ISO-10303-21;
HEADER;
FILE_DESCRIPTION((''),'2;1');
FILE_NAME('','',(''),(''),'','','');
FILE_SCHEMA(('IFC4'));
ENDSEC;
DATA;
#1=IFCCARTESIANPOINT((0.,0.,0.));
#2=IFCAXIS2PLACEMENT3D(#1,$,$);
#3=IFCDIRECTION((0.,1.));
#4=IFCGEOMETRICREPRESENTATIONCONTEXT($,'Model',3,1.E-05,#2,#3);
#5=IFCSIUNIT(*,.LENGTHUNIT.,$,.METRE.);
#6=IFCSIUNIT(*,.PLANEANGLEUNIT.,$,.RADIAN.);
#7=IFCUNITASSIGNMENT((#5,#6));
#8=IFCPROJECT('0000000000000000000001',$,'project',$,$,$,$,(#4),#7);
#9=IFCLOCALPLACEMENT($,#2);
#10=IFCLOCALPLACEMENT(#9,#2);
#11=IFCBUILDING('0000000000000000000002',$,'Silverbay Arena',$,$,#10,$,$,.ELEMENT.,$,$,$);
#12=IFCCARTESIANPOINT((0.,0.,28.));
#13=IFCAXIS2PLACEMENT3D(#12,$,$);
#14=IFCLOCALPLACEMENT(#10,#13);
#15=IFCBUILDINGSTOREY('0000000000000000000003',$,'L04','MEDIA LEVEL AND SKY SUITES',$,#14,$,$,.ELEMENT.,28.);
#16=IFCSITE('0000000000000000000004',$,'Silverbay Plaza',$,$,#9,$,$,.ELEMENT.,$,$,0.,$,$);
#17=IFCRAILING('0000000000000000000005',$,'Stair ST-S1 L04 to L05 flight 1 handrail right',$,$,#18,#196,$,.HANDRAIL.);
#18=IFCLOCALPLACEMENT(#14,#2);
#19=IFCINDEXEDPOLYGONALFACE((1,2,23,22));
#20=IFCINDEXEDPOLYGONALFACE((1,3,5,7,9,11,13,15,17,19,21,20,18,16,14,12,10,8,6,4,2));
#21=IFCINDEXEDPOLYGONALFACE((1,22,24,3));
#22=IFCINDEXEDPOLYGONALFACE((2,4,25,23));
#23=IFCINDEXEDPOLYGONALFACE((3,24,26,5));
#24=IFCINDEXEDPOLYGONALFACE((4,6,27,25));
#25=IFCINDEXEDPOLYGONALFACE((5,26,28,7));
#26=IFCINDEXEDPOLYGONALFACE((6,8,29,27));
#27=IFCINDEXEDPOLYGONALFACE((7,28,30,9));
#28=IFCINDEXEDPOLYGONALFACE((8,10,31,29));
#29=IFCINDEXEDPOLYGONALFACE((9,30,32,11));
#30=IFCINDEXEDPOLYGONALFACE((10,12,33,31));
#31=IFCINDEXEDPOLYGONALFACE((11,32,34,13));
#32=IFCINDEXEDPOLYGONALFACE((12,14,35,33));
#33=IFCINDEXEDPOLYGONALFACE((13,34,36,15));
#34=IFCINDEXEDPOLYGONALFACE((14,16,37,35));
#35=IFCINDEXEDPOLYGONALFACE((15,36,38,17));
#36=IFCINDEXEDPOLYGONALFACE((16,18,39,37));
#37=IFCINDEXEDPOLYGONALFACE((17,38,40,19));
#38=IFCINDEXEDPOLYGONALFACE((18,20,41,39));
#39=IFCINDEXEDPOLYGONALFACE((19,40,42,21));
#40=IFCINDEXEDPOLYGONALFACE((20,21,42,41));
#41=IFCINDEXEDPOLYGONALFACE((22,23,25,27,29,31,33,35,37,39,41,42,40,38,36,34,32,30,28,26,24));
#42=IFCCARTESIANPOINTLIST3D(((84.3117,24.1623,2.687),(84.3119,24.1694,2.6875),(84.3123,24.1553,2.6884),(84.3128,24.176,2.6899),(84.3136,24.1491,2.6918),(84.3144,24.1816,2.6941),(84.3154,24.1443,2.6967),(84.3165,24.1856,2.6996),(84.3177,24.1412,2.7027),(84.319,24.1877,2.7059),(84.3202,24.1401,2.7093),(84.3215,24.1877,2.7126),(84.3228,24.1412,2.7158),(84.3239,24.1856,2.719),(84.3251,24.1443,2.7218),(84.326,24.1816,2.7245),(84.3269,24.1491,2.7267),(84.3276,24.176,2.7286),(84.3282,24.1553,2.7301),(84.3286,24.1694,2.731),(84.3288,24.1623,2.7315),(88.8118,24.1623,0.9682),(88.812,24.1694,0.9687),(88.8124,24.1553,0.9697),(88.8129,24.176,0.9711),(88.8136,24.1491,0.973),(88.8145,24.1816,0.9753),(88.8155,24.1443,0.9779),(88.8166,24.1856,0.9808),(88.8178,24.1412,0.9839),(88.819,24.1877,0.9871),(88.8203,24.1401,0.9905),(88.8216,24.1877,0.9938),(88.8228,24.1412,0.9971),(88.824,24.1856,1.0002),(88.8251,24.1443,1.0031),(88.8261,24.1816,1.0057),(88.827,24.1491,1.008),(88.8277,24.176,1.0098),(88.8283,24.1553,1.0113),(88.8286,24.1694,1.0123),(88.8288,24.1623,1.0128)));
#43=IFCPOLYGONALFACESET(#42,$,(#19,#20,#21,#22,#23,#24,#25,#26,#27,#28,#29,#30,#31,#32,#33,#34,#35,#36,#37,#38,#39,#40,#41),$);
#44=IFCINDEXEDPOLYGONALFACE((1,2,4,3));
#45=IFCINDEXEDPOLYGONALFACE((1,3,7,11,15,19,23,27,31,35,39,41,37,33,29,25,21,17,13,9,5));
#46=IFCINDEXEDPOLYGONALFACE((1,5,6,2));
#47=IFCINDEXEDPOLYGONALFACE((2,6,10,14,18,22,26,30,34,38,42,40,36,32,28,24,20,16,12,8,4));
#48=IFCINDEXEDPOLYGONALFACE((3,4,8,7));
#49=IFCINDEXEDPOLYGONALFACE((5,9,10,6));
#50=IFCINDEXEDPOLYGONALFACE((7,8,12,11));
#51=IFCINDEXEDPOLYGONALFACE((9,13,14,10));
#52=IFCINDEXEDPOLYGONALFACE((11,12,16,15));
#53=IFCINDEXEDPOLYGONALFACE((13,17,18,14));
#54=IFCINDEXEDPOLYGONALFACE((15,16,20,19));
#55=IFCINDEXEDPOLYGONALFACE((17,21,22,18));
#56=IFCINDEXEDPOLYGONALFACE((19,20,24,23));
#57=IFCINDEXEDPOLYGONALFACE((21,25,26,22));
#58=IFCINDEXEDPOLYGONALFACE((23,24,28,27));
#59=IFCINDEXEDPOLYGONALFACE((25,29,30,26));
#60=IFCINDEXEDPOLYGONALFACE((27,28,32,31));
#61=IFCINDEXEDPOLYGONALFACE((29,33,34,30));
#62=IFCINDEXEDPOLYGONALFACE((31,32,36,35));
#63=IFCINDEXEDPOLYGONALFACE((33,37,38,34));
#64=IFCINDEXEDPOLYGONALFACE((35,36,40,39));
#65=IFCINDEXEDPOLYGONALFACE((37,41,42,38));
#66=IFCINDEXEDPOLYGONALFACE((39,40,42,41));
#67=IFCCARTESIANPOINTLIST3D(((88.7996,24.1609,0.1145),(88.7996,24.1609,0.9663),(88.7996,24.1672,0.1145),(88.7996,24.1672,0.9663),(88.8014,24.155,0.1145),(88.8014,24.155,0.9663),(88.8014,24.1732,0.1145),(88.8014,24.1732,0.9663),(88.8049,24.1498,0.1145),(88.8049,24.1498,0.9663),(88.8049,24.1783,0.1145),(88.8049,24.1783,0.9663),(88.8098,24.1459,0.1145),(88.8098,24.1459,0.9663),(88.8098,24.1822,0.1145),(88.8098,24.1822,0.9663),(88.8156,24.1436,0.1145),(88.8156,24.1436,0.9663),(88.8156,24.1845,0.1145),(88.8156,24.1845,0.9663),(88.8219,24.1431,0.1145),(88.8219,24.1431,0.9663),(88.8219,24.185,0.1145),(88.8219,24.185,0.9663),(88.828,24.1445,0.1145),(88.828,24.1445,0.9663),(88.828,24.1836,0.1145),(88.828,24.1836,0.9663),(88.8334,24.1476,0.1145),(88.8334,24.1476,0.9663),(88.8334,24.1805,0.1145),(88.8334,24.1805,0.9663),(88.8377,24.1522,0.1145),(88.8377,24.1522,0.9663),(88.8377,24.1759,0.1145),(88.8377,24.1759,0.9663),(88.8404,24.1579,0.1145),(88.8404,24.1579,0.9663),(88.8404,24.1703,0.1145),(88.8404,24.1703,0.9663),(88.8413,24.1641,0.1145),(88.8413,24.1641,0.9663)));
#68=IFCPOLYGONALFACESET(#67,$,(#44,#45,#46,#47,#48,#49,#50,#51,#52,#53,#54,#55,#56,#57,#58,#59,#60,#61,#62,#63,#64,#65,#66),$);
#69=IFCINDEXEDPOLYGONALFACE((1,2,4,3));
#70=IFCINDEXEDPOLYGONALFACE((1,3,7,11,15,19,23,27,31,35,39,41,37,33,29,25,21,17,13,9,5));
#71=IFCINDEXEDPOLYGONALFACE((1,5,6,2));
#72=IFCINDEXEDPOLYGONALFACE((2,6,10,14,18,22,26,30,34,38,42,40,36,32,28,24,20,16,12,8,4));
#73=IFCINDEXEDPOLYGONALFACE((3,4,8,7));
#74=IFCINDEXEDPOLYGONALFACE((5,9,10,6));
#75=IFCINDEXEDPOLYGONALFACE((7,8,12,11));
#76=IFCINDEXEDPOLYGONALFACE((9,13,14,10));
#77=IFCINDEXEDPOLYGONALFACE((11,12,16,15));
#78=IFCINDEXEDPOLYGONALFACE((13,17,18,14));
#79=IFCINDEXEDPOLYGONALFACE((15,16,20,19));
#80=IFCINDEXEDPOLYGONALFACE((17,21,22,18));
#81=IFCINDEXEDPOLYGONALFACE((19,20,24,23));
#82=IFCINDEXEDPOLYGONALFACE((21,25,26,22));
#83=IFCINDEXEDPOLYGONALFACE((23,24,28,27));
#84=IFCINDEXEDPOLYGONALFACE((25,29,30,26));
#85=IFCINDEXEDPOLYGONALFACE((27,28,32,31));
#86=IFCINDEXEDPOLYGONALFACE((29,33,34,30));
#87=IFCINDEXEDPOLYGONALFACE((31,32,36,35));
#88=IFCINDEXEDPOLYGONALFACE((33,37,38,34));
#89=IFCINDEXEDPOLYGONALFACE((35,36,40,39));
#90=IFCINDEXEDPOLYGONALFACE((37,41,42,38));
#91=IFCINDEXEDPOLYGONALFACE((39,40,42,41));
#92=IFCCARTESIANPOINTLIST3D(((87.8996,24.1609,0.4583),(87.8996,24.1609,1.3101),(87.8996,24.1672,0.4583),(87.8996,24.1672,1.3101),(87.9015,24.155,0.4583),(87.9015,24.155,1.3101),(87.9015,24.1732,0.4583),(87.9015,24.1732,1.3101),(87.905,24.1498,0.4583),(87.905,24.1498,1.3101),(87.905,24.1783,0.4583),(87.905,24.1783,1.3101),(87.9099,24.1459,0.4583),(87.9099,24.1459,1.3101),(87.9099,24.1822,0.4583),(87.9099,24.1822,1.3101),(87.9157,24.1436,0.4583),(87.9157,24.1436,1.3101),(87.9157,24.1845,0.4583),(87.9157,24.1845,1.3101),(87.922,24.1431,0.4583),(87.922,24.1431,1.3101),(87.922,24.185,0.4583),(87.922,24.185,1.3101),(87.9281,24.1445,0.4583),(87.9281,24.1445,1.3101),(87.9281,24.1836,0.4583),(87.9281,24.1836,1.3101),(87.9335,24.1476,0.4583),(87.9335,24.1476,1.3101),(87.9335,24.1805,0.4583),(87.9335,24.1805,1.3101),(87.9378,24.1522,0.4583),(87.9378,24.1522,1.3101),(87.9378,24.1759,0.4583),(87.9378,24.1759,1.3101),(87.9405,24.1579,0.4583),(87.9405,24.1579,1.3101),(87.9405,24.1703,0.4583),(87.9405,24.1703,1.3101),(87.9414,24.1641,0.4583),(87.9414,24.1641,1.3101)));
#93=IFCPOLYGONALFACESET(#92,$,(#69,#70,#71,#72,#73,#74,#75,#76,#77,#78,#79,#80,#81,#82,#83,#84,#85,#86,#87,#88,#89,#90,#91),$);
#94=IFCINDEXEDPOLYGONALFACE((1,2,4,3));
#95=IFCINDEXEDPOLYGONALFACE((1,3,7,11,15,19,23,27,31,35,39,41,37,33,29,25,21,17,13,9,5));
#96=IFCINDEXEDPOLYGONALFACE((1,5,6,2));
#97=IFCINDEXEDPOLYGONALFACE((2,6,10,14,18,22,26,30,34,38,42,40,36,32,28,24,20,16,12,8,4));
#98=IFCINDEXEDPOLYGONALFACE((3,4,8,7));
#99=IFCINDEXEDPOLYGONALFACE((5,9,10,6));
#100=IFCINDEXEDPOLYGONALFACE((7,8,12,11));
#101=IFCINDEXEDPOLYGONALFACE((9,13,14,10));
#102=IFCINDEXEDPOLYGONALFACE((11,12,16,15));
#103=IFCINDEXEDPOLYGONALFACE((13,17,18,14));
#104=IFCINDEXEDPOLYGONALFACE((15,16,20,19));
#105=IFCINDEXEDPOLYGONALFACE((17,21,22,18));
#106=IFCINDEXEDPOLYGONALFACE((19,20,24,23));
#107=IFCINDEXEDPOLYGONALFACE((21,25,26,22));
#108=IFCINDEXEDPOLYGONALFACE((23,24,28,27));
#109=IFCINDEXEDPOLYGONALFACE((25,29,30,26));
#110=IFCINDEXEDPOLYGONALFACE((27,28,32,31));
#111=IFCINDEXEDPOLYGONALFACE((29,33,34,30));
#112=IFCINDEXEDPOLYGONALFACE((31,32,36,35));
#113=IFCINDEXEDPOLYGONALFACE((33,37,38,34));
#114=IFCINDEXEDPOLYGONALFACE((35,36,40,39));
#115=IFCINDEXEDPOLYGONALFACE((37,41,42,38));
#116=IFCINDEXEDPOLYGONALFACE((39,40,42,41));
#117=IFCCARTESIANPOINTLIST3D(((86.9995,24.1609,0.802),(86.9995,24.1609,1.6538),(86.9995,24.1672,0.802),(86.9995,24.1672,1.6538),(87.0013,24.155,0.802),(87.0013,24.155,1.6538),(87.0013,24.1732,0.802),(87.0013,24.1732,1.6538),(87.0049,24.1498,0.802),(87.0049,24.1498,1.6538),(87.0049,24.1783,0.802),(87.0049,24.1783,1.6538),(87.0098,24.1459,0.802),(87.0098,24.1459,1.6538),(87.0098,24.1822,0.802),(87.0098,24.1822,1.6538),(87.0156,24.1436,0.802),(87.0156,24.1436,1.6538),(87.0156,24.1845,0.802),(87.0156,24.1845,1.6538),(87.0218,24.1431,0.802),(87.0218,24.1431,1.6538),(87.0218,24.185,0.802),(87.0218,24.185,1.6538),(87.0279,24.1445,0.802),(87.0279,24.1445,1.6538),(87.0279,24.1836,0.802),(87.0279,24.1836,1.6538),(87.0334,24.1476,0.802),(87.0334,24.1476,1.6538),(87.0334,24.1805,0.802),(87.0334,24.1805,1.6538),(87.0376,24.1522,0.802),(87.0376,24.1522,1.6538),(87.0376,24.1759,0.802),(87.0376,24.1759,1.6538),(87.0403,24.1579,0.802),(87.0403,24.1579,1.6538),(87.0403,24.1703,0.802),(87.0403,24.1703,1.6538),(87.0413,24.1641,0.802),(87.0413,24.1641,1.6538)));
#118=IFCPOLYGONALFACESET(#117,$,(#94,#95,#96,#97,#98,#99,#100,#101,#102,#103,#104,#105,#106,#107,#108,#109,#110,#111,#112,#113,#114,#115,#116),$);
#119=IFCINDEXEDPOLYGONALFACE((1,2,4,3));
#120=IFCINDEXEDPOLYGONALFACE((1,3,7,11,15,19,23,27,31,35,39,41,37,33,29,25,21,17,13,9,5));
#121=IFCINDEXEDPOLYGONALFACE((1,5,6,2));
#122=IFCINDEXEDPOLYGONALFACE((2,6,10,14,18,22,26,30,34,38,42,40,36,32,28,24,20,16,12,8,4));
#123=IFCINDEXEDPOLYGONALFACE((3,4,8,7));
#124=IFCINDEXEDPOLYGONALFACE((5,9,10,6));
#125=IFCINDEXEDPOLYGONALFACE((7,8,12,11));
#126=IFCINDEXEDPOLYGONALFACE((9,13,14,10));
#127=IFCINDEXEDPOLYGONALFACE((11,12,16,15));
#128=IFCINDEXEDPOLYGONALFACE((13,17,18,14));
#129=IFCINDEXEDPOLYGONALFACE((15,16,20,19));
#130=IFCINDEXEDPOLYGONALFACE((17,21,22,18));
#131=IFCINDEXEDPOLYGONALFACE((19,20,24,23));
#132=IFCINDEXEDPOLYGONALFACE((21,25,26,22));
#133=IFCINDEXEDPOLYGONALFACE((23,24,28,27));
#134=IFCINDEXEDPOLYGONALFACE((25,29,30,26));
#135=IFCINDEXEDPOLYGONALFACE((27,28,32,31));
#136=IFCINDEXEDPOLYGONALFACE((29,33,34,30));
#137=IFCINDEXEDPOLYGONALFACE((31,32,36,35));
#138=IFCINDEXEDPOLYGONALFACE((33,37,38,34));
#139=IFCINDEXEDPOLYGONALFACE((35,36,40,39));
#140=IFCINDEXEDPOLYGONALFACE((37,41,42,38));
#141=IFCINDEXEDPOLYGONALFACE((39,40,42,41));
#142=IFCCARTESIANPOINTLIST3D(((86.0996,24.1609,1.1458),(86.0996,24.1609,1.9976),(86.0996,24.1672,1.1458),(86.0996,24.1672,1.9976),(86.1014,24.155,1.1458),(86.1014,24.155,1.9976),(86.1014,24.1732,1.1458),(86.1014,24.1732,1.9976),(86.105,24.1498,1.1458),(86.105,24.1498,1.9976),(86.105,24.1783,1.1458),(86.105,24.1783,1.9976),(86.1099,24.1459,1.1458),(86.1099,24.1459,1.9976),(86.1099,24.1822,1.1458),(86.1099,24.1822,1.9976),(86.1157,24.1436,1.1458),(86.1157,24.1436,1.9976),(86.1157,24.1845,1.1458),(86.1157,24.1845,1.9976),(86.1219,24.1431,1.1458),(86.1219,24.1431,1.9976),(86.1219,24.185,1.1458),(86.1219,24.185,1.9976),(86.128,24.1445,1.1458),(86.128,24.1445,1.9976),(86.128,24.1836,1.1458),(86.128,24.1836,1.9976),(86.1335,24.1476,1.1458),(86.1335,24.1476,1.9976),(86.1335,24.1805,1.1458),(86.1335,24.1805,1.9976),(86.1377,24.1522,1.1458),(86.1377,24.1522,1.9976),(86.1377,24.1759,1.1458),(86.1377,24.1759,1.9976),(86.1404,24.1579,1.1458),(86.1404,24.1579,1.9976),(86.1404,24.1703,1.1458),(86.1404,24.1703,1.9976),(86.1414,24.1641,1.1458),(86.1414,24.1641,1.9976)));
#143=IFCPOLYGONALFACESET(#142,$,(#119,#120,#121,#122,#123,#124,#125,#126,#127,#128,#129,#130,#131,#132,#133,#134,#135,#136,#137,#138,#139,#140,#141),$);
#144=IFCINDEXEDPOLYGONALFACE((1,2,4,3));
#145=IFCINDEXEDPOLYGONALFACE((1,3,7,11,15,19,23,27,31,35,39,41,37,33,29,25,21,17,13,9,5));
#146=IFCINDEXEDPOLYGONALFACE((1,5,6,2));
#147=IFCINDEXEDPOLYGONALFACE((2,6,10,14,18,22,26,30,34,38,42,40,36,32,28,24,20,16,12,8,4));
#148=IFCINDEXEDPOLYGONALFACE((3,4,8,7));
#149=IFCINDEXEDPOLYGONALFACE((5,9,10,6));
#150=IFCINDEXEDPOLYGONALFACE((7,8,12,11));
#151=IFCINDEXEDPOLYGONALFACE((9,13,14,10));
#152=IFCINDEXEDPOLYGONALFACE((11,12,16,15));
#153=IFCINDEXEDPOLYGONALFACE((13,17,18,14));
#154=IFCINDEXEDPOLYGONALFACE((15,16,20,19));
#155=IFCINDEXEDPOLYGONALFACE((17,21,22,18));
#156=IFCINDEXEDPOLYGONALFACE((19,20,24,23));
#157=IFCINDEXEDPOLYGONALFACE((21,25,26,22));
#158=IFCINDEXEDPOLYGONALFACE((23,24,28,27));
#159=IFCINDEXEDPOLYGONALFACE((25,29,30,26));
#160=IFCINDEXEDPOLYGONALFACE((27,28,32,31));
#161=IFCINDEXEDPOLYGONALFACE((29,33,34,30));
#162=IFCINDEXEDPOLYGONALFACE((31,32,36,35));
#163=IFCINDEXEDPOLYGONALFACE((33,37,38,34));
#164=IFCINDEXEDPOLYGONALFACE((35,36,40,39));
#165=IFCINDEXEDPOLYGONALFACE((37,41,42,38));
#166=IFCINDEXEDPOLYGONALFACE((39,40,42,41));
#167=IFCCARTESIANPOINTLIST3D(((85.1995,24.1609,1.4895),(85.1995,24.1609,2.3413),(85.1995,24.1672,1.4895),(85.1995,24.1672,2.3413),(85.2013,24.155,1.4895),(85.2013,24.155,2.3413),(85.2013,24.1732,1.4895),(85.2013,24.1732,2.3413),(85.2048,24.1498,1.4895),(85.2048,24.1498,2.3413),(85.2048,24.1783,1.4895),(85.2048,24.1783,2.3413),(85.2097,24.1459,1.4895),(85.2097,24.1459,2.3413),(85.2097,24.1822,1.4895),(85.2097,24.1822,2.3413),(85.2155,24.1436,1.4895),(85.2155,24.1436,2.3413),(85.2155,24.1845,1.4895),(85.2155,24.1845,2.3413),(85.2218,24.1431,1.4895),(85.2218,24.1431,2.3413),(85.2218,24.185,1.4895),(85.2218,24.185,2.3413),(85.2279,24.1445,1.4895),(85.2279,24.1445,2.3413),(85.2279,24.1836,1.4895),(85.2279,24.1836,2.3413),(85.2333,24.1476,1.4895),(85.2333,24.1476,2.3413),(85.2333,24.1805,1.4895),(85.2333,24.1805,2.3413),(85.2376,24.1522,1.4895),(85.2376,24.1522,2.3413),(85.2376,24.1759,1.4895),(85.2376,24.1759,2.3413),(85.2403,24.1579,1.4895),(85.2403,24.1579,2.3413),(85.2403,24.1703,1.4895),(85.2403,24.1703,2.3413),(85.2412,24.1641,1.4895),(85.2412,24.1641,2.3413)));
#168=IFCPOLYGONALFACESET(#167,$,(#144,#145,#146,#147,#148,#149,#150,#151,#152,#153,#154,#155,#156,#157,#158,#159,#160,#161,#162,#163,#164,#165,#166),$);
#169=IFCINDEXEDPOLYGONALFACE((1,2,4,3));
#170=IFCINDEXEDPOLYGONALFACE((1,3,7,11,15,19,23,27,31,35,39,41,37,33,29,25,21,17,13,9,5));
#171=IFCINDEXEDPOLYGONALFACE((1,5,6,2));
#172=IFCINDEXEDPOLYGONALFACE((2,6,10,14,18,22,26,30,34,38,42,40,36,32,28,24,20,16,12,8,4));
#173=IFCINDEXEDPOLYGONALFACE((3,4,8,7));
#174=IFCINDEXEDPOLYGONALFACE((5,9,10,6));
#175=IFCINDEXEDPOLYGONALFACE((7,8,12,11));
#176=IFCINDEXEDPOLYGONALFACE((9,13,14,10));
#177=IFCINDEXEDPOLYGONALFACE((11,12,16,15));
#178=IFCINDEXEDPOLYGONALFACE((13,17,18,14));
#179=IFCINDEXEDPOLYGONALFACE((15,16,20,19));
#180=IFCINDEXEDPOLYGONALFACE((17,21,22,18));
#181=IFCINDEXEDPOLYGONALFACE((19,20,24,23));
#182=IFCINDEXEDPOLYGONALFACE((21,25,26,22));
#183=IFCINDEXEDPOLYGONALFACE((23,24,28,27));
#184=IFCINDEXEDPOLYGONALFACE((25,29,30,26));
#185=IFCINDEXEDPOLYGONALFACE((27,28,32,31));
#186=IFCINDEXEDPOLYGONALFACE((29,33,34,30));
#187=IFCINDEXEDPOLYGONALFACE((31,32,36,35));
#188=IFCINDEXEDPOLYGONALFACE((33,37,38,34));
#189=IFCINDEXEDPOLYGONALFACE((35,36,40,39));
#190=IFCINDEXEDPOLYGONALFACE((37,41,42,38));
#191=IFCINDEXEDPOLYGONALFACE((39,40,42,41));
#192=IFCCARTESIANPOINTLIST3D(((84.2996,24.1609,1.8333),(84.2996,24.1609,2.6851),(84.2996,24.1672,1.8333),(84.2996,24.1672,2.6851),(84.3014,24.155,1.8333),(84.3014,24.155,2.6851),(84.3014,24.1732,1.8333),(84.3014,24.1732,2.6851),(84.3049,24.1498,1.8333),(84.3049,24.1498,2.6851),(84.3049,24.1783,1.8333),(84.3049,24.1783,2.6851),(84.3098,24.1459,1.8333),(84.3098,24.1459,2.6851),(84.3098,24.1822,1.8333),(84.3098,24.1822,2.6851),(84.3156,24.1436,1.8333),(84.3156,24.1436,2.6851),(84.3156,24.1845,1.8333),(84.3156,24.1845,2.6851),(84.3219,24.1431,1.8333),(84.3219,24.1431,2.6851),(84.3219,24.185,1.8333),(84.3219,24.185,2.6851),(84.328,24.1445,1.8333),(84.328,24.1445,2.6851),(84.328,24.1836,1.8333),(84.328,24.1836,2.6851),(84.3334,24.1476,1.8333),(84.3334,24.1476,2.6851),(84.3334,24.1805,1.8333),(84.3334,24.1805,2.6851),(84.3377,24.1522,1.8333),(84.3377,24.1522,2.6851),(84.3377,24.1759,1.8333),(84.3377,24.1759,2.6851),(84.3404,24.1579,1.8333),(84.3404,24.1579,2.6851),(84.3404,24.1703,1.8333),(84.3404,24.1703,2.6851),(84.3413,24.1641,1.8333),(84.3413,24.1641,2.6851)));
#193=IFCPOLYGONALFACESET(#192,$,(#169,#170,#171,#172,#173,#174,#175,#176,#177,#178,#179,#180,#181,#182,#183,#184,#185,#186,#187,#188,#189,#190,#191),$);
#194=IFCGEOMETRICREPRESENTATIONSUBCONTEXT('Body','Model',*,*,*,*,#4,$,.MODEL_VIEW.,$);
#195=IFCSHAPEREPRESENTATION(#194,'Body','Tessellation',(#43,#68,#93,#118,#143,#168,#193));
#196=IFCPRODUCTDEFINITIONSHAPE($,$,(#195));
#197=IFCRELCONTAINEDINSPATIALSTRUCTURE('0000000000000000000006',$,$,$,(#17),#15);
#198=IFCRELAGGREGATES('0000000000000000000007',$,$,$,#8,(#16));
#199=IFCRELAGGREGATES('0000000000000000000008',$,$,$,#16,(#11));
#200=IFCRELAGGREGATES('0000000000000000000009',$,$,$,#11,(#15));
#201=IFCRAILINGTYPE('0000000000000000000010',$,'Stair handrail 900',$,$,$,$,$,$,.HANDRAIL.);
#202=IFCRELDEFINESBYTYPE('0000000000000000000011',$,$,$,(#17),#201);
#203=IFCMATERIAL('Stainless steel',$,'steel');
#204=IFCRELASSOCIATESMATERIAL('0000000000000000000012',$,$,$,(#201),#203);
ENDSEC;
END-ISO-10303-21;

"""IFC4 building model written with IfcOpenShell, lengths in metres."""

from ifc_helpers import new_model, si_unit, direction, frame, origin, origin_2d, place, context, subcontext, project, spatial, circle, extrude, material, type_object, element, save


model = new_model("IFC4")

# Units and contexts
model_context = context("Model", 3, precision=1e-05, world=origin(), true_north=direction((0.0, 1.0)))
body_context = subcontext(model_context, "Body", "Model", "MODEL_VIEW")
ifc_project = project(units=[si_unit("LENGTHUNIT", "METRE"), si_unit("PLANEANGLEUNIT", "RADIAN")], contexts=[model_context])

# Site, building, storey
site_placement = place(None, origin())
site = spatial("IfcSite", under=ifc_project, at=site_placement, Name="Silverbay Plaza", CompositionType="ELEMENT", RefElevation=0.0)
building_placement = place(site_placement, origin())
building = spatial("IfcBuilding", under=site, at=building_placement, Name="Silverbay Arena", CompositionType="ELEMENT")
storey_placement = place(building_placement, frame((0.0, 0.0, 28.0)))
storey = spatial("IfcBuildingStorey", under=building, at=storey_placement, Name="L04", Description="MEDIA LEVEL AND SKY SUITES", CompositionType="ELEMENT", Elevation=28.0)

# Railing
ifc_material_1 = material(Name="Stainless steel", Category="steel")
railing_type_1 = type_object("IfcRailingType", Name="Stair handrail 900", PredefinedType="HANDRAIL", material=ifc_material_1)
for number, where, name in (
    (1, (88.8203, 24.1641, 0.1145), "Stair ST-S1 L04 to L05 flight 1 handrail right"),
):
    element("IfcRailing", number, at=place(storey_placement, frame(where)), inside=storey, type_object=railing_type_1, Name=name, PredefinedType="HANDRAIL", context=body_context, shape_type="SweptSolid", body=[
        extrude(circle(Radius=0.0239, at=origin_2d()), frame((0.0, 0.0, 0.876), z_axis=(-0.934179, 0.0, 0.356805), x_axis=(0.0, -1.0, 0.0)), (0.0, 0.0, 1.0), 4.8171),
        extrude(circle(Radius=0.021, at=origin_2d()), origin(), (0.0, 0.0, 1.0), 0.8518),
        extrude(circle(Radius=0.021, at=origin_2d()), frame((-0.8999, 0.0, 0.3438)), (0.0, 0.0, 1.0), 0.8518),
        extrude(circle(Radius=0.021, at=origin_2d()), frame((-1.8, 0.0, 0.6875)), (0.0, 0.0, 1.0), 0.8518),
        extrude(circle(Radius=0.021, at=origin_2d()), frame((-2.7, 0.0, 1.0312)), (0.0, 0.0, 1.0), 0.8518),
        extrude(circle(Radius=0.021, at=origin_2d()), frame((-3.6001, 0.0, 1.375)), (0.0, 0.0, 1.0), 0.8518),
        extrude(circle(Radius=0.021, at=origin_2d()), frame((-4.5, 0.0, 1.7188)), (0.0, 0.0, 1.0), 0.8518),
    ])

save(model, "model.ifc")
